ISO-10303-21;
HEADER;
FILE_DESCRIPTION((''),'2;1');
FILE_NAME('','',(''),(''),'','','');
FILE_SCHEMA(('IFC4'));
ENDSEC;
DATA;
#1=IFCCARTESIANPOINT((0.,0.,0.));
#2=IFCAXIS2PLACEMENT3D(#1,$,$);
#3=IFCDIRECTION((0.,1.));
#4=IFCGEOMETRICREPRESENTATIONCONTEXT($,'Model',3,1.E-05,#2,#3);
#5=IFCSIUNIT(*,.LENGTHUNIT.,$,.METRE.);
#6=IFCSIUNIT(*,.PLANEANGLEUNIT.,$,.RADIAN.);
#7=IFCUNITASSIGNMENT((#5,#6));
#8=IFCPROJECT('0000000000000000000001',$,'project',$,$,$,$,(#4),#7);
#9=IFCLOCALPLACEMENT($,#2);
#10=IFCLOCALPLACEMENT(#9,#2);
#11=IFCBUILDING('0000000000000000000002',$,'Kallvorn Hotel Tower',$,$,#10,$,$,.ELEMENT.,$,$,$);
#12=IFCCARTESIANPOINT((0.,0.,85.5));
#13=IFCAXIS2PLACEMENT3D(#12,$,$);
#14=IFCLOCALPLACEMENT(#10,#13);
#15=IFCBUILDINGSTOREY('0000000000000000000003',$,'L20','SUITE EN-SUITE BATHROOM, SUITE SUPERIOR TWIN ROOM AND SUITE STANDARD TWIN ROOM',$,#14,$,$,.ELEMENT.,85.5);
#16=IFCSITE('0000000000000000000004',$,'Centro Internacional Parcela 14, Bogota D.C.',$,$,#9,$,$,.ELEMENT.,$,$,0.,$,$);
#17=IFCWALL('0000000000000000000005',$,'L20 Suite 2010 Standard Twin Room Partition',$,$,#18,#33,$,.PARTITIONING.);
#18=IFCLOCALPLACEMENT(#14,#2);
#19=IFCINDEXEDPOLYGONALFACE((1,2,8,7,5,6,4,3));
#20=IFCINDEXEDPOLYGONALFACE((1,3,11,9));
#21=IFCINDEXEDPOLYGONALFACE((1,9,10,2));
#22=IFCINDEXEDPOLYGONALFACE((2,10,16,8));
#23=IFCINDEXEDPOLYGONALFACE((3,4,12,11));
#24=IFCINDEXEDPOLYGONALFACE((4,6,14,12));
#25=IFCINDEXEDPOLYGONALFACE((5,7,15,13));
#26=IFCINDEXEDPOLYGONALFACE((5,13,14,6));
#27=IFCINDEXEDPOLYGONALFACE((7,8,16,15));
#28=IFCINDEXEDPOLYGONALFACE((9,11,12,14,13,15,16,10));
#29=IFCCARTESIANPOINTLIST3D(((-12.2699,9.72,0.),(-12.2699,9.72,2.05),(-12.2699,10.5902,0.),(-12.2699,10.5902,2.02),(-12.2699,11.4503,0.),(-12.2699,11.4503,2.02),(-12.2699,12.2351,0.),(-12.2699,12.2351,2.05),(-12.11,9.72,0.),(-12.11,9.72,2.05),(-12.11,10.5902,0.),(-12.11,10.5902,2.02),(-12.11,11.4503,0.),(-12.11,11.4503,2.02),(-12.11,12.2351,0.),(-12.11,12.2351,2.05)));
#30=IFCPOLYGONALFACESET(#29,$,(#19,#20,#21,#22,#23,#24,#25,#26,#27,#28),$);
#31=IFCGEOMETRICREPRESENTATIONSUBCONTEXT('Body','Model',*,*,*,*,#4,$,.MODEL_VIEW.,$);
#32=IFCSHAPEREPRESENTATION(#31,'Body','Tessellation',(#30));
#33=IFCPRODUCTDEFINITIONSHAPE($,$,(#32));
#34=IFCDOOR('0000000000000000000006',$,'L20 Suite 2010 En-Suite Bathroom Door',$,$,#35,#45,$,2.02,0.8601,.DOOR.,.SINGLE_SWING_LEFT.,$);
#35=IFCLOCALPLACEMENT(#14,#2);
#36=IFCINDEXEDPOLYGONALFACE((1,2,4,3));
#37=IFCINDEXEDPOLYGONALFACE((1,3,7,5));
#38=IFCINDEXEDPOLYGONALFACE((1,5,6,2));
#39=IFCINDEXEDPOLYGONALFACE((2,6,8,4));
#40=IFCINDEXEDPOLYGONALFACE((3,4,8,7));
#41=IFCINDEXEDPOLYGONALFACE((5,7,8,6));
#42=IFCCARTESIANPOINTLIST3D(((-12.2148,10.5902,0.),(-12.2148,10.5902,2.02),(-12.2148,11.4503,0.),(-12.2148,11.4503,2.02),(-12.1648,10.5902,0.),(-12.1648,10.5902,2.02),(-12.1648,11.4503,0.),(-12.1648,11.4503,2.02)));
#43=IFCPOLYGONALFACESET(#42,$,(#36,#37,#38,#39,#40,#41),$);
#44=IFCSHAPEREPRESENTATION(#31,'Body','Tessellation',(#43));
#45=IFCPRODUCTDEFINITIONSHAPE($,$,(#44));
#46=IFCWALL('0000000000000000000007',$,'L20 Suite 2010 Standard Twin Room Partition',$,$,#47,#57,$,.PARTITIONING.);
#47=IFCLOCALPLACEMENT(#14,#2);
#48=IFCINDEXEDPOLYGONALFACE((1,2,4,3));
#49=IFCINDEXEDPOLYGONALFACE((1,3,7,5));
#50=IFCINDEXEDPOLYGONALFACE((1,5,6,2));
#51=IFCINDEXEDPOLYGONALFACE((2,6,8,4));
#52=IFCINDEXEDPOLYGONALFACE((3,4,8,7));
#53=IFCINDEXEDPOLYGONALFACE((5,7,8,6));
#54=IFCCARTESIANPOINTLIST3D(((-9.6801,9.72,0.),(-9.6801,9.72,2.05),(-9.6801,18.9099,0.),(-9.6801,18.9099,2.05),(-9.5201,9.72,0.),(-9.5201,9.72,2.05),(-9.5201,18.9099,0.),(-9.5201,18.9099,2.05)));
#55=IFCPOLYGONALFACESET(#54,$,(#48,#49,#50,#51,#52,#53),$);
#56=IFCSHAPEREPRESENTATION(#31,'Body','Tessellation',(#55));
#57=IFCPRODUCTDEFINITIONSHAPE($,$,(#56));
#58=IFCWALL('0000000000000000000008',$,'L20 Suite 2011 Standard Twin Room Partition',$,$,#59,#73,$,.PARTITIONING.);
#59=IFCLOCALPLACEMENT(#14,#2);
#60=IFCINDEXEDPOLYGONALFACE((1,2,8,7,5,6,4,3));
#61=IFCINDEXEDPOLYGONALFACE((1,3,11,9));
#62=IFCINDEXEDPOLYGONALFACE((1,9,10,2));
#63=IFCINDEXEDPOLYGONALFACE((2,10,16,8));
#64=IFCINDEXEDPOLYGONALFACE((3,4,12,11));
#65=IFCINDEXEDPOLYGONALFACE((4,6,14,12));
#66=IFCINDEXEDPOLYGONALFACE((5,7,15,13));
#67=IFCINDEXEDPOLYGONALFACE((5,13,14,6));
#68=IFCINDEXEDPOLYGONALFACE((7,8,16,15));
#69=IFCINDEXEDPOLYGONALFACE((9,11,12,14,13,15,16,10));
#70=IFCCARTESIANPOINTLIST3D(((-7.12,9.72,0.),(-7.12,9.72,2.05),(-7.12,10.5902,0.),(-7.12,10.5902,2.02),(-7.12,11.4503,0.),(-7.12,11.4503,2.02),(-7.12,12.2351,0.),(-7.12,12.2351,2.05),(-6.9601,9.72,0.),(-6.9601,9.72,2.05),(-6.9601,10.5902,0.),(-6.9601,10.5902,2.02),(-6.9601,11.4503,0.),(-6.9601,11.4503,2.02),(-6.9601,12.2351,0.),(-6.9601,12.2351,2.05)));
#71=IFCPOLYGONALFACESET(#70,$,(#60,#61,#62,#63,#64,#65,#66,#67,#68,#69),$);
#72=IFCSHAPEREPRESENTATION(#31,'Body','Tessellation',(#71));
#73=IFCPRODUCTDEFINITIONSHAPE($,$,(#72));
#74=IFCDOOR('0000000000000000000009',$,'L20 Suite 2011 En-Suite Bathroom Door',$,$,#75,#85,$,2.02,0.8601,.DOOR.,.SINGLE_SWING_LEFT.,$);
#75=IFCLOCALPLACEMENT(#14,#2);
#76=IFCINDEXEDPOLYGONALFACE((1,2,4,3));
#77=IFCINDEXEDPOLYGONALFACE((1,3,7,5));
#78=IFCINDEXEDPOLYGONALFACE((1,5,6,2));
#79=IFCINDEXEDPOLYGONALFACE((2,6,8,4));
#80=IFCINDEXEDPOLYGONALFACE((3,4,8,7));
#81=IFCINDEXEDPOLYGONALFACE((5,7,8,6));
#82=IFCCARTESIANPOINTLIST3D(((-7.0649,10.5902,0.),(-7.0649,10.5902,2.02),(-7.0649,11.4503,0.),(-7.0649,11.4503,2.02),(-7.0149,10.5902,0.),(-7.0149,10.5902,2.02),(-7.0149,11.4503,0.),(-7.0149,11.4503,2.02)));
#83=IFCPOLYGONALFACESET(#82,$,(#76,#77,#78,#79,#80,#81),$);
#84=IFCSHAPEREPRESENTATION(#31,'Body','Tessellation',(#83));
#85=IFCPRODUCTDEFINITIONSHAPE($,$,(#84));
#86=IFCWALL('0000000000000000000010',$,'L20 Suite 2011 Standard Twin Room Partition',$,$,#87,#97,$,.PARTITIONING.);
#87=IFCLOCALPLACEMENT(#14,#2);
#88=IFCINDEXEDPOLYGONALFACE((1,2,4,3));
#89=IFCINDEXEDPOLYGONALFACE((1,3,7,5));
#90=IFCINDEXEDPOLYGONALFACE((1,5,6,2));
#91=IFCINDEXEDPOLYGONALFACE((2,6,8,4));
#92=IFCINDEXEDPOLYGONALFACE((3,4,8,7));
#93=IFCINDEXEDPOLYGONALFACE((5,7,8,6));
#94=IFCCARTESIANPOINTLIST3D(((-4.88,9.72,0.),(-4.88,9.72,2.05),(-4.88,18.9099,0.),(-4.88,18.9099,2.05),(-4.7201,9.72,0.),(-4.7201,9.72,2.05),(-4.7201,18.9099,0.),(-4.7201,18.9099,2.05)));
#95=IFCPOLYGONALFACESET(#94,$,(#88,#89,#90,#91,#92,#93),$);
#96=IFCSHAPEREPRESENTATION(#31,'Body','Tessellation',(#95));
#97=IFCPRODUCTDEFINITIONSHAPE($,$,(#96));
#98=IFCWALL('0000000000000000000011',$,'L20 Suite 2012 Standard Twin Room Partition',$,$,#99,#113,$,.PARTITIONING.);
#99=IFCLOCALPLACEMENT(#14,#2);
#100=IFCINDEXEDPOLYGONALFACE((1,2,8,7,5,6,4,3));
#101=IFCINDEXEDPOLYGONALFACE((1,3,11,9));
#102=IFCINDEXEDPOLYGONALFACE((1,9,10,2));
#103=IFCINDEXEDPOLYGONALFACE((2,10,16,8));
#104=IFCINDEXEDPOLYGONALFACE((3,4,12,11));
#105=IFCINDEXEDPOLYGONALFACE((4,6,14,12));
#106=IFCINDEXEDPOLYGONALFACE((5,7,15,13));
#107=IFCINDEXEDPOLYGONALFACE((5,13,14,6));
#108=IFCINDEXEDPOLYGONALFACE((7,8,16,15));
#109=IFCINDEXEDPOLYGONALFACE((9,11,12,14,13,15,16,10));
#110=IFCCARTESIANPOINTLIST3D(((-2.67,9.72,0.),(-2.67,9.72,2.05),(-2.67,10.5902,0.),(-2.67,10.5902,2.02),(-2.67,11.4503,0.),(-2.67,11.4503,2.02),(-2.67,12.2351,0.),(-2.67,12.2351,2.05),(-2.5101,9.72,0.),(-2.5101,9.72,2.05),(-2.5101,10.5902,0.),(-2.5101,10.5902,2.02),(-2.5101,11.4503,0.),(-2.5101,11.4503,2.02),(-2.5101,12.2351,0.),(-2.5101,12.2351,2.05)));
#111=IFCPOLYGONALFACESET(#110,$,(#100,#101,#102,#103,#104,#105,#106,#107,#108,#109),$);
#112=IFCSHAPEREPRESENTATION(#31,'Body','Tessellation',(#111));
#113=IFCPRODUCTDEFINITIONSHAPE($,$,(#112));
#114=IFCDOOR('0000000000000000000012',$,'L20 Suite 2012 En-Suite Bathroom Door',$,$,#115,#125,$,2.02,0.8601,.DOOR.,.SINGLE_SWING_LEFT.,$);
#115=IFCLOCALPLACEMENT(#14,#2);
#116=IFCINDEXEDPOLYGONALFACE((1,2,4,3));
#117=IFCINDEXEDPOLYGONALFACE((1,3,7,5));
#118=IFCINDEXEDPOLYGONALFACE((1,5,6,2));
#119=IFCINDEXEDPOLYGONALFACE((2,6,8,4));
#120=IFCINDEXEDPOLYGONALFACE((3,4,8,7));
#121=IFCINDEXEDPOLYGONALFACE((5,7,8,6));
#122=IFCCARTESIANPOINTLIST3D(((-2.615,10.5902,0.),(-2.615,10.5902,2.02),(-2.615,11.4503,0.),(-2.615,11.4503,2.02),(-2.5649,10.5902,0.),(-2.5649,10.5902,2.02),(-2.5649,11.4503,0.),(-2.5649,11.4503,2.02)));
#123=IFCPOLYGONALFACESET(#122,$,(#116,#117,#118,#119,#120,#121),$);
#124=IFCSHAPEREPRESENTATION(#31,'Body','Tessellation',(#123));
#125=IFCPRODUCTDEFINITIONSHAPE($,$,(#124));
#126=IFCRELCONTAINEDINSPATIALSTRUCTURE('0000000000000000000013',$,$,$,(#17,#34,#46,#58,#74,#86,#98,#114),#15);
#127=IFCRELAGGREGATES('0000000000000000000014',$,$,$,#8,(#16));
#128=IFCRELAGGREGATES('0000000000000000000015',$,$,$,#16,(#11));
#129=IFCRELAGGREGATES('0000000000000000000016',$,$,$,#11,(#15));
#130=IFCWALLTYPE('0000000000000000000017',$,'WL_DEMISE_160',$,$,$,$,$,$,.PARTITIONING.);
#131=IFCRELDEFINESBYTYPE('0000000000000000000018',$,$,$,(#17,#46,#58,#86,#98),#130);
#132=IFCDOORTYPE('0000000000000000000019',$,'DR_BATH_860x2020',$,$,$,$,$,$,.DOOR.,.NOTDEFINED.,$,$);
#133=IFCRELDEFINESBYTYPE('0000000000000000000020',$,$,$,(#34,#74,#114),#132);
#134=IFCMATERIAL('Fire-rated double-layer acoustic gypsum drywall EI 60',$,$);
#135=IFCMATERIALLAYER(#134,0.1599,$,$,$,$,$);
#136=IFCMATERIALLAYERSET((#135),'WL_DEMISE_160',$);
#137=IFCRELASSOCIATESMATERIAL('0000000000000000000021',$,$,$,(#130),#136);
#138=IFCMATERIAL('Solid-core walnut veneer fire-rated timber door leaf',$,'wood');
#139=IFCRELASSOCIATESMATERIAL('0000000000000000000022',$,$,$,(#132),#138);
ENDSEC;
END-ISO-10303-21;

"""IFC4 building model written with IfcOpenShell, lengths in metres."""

from ifc_helpers import new_model, si_unit, direction, frame, frame_2d, origin, place, context, subcontext, project, spatial, rectangle, extrude, material, layer, layer_set, type_object, element, fill, save


model = new_model("IFC4")

# Units and contexts
model_context = context("Model", 3, precision=1e-05, world=origin(), true_north=direction((0.0, 1.0)))
body_context = subcontext(model_context, "Body", "Model", "MODEL_VIEW")
ifc_project = project(units=[si_unit("LENGTHUNIT", "METRE"), si_unit("PLANEANGLEUNIT", "RADIAN")], contexts=[model_context])

# Site, building, storey
site_placement = place(None, origin())
site = spatial("IfcSite", under=ifc_project, at=site_placement, Name="Centro Internacional Parcela 14, Bogota D.C.", CompositionType="ELEMENT", RefElevation=0.0)
building_placement = place(site_placement, origin())
building = spatial("IfcBuilding", under=site, at=building_placement, Name="Kallvorn Hotel Tower", CompositionType="ELEMENT")
storey_placement = place(building_placement, frame((0.0, 0.0, 85.5)))
storey = spatial("IfcBuildingStorey", under=building, at=storey_placement, Name="L20", Description="SUITE EN-SUITE BATHROOM, SUITE SUPERIOR TWIN ROOM AND SUITE STANDARD TWIN ROOM", CompositionType="ELEMENT", Elevation=85.5)

# Shared definitions
ifc_material_1 = material(Name="Fire-rated double-layer acoustic gypsum drywall EI 60")
ifc_layer_1 = layer(ifc_material_1, 0.1599)
ifc_layer_set_1 = layer_set([ifc_layer_1], Name="WL_DEMISE_160")
wall_type = type_object("IfcWallType", Name="WL_DEMISE_160", PredefinedType="PARTITIONING", material=ifc_layer_set_1)

# Wall, opening, door
wall_1_placement = place(storey_placement, frame((-12.1899, 9.72, 0.0), z_axis=(0.0, 0.0, 1.0), x_axis=(0.0, 1.0, 0.0)))
wall_1 = element("IfcWall", 1, at=wall_1_placement, inside=storey, type_object=wall_type, Name="L20 Suite 2010 Standard Twin Room Partition", PredefinedType="PARTITIONING", context=body_context, shape_type="SweptSolid", body=[
    extrude(rectangle(XDim=2.5151, YDim=0.1599, at=frame_2d((1.2576, 0.0))), origin(), (0.0, 0.0, 1.0), 2.05),
])
opening_1_placement = place(wall_1_placement, frame((0.8701, 0.0, 0.0)))
opening_1 = element("IfcOpeningElement", 2, at=opening_1_placement, cuts=wall_1, PredefinedType="OPENING", context=body_context, shape_type="SweptSolid", body=[
    extrude(rectangle(XDim=0.8601, YDim=2.02, at=frame_2d((0.4302, 1.01))), frame((0.0, 0.095, 0.0), z_axis=(0.0, -1.0, 0.0), x_axis=(1.0, 0.0, 0.0)), (0.0, 0.0, 1.0), 0.1899),
])
ifc_material_2 = material(Name="Solid-core walnut veneer fire-rated timber door leaf", Category="wood")
door_type = type_object("IfcDoorType", Name="DR_BATH_860x2020", OperationType="NOTDEFINED", PredefinedType="DOOR", material=ifc_material_2)
door_1_placement = place(opening_1_placement, origin())
door_1 = element("IfcDoor", 3, at=door_1_placement, inside=storey, type_object=door_type, Name="L20 Suite 2010 En-Suite Bathroom Door", OperationType="SINGLE_SWING_LEFT", OverallHeight=2.02, OverallWidth=0.8601, PredefinedType="DOOR", context=body_context, shape_type="SweptSolid", body=[
    extrude(rectangle(XDim=0.8601, YDim=2.02, at=frame_2d((0.4302, 1.01))), frame((0.0, 0.0249, 0.0), z_axis=(0.0, -1.0, 0.0), x_axis=(1.0, 0.0, 0.0)), (0.0, 0.0, 1.0), 0.05),
])
fill(opening_1, door_1)

# Wall
wall_2_placement = place(storey_placement, frame((-9.6001, 9.72, 0.0), z_axis=(0.0, 0.0, 1.0), x_axis=(0.0, 1.0, 0.0)))
element("IfcWall", 4, at=wall_2_placement, inside=storey, type_object=wall_type, Name="L20 Suite 2010 Standard Twin Room Partition", PredefinedType="PARTITIONING", context=body_context, shape_type="SweptSolid", body=[
    extrude(rectangle(XDim=9.1899, YDim=0.1599, at=frame_2d((4.595, 0.0))), origin(), (0.0, 0.0, 1.0), 2.05),
])

# Wall, opening, door
wall_3_placement = place(storey_placement, frame((-7.04, 9.72, 0.0), z_axis=(0.0, 0.0, 1.0), x_axis=(0.0, 1.0, 0.0)))
wall_3 = element("IfcWall", 5, at=wall_3_placement, inside=storey, type_object=wall_type, Name="L20 Suite 2011 Standard Twin Room Partition", PredefinedType="PARTITIONING", context=body_context, shape_type="SweptSolid", body=[
    extrude(rectangle(XDim=2.5151, YDim=0.1599, at=frame_2d((1.2576, 0.0))), origin(), (0.0, 0.0, 1.0), 2.05),
])
opening_2_placement = place(wall_3_placement, frame((0.8701, 0.0, 0.0)))
opening_2 = element("IfcOpeningElement", 6, at=opening_2_placement, cuts=wall_3, PredefinedType="OPENING", context=body_context, shape_type="SweptSolid", body=[
    extrude(rectangle(XDim=0.8601, YDim=2.02, at=frame_2d((0.4302, 1.01))), frame((0.0, 0.095, 0.0), z_axis=(0.0, -1.0, 0.0), x_axis=(1.0, 0.0, 0.0)), (0.0, 0.0, 1.0), 0.1899),
])
door_2_placement = place(opening_2_placement, origin())
door_2 = element("IfcDoor", 7, at=door_2_placement, inside=storey, type_object=door_type, Name="L20 Suite 2011 En-Suite Bathroom Door", OperationType="SINGLE_SWING_LEFT", OverallHeight=2.02, OverallWidth=0.8601, PredefinedType="DOOR", context=body_context, shape_type="SweptSolid", body=[
    extrude(rectangle(XDim=0.8601, YDim=2.02, at=frame_2d((0.4302, 1.01))), frame((0.0, 0.0249, 0.0), z_axis=(0.0, -1.0, 0.0), x_axis=(1.0, 0.0, 0.0)), (0.0, 0.0, 1.0), 0.05),
])
fill(opening_2, door_2)

# Wall
wall_4_placement = place(storey_placement, frame((-4.8, 9.72, 0.0), z_axis=(0.0, 0.0, 1.0), x_axis=(0.0, 1.0, 0.0)))
element("IfcWall", 8, at=wall_4_placement, inside=storey, type_object=wall_type, Name="L20 Suite 2011 Standard Twin Room Partition", PredefinedType="PARTITIONING", context=body_context, shape_type="SweptSolid", body=[
    extrude(rectangle(XDim=9.1899, YDim=0.1599, at=frame_2d((4.595, 0.0))), origin(), (0.0, 0.0, 1.0), 2.05),
])

# Wall, opening, door
wall_5_placement = place(storey_placement, frame((-2.5901, 9.72, 0.0), z_axis=(0.0, 0.0, 1.0), x_axis=(0.0, 1.0, 0.0)))
wall_5 = element("IfcWall", 9, at=wall_5_placement, inside=storey, type_object=wall_type, Name="L20 Suite 2012 Standard Twin Room Partition", PredefinedType="PARTITIONING", context=body_context, shape_type="SweptSolid", body=[
    extrude(rectangle(XDim=2.5151, YDim=0.1599, at=frame_2d((1.2576, 0.0))), origin(), (0.0, 0.0, 1.0), 2.05),
])
opening_3_placement = place(wall_5_placement, frame((0.8701, 0.0, 0.0)))
opening_3 = element("IfcOpeningElement", 10, at=opening_3_placement, cuts=wall_5, PredefinedType="OPENING", context=body_context, shape_type="SweptSolid", body=[
    extrude(rectangle(XDim=0.8601, YDim=2.02, at=frame_2d((0.4302, 1.01))), frame((0.0, 0.095, 0.0), z_axis=(0.0, -1.0, 0.0), x_axis=(1.0, 0.0, 0.0)), (0.0, 0.0, 1.0), 0.1899),
])
door_3_placement = place(opening_3_placement, origin())
door_3 = element("IfcDoor", 11, at=door_3_placement, inside=storey, type_object=door_type, Name="L20 Suite 2012 En-Suite Bathroom Door", OperationType="SINGLE_SWING_LEFT", OverallHeight=2.02, OverallWidth=0.8601, PredefinedType="DOOR", context=body_context, shape_type="SweptSolid", body=[
    extrude(rectangle(XDim=0.8601, YDim=2.02, at=frame_2d((0.4302, 1.01))), frame((0.0, 0.0249, 0.0), z_axis=(0.0, -1.0, 0.0), x_axis=(1.0, 0.0, 0.0)), (0.0, 0.0, 1.0), 0.05),
])
fill(opening_3, door_3)

save(model, "model.ifc")
